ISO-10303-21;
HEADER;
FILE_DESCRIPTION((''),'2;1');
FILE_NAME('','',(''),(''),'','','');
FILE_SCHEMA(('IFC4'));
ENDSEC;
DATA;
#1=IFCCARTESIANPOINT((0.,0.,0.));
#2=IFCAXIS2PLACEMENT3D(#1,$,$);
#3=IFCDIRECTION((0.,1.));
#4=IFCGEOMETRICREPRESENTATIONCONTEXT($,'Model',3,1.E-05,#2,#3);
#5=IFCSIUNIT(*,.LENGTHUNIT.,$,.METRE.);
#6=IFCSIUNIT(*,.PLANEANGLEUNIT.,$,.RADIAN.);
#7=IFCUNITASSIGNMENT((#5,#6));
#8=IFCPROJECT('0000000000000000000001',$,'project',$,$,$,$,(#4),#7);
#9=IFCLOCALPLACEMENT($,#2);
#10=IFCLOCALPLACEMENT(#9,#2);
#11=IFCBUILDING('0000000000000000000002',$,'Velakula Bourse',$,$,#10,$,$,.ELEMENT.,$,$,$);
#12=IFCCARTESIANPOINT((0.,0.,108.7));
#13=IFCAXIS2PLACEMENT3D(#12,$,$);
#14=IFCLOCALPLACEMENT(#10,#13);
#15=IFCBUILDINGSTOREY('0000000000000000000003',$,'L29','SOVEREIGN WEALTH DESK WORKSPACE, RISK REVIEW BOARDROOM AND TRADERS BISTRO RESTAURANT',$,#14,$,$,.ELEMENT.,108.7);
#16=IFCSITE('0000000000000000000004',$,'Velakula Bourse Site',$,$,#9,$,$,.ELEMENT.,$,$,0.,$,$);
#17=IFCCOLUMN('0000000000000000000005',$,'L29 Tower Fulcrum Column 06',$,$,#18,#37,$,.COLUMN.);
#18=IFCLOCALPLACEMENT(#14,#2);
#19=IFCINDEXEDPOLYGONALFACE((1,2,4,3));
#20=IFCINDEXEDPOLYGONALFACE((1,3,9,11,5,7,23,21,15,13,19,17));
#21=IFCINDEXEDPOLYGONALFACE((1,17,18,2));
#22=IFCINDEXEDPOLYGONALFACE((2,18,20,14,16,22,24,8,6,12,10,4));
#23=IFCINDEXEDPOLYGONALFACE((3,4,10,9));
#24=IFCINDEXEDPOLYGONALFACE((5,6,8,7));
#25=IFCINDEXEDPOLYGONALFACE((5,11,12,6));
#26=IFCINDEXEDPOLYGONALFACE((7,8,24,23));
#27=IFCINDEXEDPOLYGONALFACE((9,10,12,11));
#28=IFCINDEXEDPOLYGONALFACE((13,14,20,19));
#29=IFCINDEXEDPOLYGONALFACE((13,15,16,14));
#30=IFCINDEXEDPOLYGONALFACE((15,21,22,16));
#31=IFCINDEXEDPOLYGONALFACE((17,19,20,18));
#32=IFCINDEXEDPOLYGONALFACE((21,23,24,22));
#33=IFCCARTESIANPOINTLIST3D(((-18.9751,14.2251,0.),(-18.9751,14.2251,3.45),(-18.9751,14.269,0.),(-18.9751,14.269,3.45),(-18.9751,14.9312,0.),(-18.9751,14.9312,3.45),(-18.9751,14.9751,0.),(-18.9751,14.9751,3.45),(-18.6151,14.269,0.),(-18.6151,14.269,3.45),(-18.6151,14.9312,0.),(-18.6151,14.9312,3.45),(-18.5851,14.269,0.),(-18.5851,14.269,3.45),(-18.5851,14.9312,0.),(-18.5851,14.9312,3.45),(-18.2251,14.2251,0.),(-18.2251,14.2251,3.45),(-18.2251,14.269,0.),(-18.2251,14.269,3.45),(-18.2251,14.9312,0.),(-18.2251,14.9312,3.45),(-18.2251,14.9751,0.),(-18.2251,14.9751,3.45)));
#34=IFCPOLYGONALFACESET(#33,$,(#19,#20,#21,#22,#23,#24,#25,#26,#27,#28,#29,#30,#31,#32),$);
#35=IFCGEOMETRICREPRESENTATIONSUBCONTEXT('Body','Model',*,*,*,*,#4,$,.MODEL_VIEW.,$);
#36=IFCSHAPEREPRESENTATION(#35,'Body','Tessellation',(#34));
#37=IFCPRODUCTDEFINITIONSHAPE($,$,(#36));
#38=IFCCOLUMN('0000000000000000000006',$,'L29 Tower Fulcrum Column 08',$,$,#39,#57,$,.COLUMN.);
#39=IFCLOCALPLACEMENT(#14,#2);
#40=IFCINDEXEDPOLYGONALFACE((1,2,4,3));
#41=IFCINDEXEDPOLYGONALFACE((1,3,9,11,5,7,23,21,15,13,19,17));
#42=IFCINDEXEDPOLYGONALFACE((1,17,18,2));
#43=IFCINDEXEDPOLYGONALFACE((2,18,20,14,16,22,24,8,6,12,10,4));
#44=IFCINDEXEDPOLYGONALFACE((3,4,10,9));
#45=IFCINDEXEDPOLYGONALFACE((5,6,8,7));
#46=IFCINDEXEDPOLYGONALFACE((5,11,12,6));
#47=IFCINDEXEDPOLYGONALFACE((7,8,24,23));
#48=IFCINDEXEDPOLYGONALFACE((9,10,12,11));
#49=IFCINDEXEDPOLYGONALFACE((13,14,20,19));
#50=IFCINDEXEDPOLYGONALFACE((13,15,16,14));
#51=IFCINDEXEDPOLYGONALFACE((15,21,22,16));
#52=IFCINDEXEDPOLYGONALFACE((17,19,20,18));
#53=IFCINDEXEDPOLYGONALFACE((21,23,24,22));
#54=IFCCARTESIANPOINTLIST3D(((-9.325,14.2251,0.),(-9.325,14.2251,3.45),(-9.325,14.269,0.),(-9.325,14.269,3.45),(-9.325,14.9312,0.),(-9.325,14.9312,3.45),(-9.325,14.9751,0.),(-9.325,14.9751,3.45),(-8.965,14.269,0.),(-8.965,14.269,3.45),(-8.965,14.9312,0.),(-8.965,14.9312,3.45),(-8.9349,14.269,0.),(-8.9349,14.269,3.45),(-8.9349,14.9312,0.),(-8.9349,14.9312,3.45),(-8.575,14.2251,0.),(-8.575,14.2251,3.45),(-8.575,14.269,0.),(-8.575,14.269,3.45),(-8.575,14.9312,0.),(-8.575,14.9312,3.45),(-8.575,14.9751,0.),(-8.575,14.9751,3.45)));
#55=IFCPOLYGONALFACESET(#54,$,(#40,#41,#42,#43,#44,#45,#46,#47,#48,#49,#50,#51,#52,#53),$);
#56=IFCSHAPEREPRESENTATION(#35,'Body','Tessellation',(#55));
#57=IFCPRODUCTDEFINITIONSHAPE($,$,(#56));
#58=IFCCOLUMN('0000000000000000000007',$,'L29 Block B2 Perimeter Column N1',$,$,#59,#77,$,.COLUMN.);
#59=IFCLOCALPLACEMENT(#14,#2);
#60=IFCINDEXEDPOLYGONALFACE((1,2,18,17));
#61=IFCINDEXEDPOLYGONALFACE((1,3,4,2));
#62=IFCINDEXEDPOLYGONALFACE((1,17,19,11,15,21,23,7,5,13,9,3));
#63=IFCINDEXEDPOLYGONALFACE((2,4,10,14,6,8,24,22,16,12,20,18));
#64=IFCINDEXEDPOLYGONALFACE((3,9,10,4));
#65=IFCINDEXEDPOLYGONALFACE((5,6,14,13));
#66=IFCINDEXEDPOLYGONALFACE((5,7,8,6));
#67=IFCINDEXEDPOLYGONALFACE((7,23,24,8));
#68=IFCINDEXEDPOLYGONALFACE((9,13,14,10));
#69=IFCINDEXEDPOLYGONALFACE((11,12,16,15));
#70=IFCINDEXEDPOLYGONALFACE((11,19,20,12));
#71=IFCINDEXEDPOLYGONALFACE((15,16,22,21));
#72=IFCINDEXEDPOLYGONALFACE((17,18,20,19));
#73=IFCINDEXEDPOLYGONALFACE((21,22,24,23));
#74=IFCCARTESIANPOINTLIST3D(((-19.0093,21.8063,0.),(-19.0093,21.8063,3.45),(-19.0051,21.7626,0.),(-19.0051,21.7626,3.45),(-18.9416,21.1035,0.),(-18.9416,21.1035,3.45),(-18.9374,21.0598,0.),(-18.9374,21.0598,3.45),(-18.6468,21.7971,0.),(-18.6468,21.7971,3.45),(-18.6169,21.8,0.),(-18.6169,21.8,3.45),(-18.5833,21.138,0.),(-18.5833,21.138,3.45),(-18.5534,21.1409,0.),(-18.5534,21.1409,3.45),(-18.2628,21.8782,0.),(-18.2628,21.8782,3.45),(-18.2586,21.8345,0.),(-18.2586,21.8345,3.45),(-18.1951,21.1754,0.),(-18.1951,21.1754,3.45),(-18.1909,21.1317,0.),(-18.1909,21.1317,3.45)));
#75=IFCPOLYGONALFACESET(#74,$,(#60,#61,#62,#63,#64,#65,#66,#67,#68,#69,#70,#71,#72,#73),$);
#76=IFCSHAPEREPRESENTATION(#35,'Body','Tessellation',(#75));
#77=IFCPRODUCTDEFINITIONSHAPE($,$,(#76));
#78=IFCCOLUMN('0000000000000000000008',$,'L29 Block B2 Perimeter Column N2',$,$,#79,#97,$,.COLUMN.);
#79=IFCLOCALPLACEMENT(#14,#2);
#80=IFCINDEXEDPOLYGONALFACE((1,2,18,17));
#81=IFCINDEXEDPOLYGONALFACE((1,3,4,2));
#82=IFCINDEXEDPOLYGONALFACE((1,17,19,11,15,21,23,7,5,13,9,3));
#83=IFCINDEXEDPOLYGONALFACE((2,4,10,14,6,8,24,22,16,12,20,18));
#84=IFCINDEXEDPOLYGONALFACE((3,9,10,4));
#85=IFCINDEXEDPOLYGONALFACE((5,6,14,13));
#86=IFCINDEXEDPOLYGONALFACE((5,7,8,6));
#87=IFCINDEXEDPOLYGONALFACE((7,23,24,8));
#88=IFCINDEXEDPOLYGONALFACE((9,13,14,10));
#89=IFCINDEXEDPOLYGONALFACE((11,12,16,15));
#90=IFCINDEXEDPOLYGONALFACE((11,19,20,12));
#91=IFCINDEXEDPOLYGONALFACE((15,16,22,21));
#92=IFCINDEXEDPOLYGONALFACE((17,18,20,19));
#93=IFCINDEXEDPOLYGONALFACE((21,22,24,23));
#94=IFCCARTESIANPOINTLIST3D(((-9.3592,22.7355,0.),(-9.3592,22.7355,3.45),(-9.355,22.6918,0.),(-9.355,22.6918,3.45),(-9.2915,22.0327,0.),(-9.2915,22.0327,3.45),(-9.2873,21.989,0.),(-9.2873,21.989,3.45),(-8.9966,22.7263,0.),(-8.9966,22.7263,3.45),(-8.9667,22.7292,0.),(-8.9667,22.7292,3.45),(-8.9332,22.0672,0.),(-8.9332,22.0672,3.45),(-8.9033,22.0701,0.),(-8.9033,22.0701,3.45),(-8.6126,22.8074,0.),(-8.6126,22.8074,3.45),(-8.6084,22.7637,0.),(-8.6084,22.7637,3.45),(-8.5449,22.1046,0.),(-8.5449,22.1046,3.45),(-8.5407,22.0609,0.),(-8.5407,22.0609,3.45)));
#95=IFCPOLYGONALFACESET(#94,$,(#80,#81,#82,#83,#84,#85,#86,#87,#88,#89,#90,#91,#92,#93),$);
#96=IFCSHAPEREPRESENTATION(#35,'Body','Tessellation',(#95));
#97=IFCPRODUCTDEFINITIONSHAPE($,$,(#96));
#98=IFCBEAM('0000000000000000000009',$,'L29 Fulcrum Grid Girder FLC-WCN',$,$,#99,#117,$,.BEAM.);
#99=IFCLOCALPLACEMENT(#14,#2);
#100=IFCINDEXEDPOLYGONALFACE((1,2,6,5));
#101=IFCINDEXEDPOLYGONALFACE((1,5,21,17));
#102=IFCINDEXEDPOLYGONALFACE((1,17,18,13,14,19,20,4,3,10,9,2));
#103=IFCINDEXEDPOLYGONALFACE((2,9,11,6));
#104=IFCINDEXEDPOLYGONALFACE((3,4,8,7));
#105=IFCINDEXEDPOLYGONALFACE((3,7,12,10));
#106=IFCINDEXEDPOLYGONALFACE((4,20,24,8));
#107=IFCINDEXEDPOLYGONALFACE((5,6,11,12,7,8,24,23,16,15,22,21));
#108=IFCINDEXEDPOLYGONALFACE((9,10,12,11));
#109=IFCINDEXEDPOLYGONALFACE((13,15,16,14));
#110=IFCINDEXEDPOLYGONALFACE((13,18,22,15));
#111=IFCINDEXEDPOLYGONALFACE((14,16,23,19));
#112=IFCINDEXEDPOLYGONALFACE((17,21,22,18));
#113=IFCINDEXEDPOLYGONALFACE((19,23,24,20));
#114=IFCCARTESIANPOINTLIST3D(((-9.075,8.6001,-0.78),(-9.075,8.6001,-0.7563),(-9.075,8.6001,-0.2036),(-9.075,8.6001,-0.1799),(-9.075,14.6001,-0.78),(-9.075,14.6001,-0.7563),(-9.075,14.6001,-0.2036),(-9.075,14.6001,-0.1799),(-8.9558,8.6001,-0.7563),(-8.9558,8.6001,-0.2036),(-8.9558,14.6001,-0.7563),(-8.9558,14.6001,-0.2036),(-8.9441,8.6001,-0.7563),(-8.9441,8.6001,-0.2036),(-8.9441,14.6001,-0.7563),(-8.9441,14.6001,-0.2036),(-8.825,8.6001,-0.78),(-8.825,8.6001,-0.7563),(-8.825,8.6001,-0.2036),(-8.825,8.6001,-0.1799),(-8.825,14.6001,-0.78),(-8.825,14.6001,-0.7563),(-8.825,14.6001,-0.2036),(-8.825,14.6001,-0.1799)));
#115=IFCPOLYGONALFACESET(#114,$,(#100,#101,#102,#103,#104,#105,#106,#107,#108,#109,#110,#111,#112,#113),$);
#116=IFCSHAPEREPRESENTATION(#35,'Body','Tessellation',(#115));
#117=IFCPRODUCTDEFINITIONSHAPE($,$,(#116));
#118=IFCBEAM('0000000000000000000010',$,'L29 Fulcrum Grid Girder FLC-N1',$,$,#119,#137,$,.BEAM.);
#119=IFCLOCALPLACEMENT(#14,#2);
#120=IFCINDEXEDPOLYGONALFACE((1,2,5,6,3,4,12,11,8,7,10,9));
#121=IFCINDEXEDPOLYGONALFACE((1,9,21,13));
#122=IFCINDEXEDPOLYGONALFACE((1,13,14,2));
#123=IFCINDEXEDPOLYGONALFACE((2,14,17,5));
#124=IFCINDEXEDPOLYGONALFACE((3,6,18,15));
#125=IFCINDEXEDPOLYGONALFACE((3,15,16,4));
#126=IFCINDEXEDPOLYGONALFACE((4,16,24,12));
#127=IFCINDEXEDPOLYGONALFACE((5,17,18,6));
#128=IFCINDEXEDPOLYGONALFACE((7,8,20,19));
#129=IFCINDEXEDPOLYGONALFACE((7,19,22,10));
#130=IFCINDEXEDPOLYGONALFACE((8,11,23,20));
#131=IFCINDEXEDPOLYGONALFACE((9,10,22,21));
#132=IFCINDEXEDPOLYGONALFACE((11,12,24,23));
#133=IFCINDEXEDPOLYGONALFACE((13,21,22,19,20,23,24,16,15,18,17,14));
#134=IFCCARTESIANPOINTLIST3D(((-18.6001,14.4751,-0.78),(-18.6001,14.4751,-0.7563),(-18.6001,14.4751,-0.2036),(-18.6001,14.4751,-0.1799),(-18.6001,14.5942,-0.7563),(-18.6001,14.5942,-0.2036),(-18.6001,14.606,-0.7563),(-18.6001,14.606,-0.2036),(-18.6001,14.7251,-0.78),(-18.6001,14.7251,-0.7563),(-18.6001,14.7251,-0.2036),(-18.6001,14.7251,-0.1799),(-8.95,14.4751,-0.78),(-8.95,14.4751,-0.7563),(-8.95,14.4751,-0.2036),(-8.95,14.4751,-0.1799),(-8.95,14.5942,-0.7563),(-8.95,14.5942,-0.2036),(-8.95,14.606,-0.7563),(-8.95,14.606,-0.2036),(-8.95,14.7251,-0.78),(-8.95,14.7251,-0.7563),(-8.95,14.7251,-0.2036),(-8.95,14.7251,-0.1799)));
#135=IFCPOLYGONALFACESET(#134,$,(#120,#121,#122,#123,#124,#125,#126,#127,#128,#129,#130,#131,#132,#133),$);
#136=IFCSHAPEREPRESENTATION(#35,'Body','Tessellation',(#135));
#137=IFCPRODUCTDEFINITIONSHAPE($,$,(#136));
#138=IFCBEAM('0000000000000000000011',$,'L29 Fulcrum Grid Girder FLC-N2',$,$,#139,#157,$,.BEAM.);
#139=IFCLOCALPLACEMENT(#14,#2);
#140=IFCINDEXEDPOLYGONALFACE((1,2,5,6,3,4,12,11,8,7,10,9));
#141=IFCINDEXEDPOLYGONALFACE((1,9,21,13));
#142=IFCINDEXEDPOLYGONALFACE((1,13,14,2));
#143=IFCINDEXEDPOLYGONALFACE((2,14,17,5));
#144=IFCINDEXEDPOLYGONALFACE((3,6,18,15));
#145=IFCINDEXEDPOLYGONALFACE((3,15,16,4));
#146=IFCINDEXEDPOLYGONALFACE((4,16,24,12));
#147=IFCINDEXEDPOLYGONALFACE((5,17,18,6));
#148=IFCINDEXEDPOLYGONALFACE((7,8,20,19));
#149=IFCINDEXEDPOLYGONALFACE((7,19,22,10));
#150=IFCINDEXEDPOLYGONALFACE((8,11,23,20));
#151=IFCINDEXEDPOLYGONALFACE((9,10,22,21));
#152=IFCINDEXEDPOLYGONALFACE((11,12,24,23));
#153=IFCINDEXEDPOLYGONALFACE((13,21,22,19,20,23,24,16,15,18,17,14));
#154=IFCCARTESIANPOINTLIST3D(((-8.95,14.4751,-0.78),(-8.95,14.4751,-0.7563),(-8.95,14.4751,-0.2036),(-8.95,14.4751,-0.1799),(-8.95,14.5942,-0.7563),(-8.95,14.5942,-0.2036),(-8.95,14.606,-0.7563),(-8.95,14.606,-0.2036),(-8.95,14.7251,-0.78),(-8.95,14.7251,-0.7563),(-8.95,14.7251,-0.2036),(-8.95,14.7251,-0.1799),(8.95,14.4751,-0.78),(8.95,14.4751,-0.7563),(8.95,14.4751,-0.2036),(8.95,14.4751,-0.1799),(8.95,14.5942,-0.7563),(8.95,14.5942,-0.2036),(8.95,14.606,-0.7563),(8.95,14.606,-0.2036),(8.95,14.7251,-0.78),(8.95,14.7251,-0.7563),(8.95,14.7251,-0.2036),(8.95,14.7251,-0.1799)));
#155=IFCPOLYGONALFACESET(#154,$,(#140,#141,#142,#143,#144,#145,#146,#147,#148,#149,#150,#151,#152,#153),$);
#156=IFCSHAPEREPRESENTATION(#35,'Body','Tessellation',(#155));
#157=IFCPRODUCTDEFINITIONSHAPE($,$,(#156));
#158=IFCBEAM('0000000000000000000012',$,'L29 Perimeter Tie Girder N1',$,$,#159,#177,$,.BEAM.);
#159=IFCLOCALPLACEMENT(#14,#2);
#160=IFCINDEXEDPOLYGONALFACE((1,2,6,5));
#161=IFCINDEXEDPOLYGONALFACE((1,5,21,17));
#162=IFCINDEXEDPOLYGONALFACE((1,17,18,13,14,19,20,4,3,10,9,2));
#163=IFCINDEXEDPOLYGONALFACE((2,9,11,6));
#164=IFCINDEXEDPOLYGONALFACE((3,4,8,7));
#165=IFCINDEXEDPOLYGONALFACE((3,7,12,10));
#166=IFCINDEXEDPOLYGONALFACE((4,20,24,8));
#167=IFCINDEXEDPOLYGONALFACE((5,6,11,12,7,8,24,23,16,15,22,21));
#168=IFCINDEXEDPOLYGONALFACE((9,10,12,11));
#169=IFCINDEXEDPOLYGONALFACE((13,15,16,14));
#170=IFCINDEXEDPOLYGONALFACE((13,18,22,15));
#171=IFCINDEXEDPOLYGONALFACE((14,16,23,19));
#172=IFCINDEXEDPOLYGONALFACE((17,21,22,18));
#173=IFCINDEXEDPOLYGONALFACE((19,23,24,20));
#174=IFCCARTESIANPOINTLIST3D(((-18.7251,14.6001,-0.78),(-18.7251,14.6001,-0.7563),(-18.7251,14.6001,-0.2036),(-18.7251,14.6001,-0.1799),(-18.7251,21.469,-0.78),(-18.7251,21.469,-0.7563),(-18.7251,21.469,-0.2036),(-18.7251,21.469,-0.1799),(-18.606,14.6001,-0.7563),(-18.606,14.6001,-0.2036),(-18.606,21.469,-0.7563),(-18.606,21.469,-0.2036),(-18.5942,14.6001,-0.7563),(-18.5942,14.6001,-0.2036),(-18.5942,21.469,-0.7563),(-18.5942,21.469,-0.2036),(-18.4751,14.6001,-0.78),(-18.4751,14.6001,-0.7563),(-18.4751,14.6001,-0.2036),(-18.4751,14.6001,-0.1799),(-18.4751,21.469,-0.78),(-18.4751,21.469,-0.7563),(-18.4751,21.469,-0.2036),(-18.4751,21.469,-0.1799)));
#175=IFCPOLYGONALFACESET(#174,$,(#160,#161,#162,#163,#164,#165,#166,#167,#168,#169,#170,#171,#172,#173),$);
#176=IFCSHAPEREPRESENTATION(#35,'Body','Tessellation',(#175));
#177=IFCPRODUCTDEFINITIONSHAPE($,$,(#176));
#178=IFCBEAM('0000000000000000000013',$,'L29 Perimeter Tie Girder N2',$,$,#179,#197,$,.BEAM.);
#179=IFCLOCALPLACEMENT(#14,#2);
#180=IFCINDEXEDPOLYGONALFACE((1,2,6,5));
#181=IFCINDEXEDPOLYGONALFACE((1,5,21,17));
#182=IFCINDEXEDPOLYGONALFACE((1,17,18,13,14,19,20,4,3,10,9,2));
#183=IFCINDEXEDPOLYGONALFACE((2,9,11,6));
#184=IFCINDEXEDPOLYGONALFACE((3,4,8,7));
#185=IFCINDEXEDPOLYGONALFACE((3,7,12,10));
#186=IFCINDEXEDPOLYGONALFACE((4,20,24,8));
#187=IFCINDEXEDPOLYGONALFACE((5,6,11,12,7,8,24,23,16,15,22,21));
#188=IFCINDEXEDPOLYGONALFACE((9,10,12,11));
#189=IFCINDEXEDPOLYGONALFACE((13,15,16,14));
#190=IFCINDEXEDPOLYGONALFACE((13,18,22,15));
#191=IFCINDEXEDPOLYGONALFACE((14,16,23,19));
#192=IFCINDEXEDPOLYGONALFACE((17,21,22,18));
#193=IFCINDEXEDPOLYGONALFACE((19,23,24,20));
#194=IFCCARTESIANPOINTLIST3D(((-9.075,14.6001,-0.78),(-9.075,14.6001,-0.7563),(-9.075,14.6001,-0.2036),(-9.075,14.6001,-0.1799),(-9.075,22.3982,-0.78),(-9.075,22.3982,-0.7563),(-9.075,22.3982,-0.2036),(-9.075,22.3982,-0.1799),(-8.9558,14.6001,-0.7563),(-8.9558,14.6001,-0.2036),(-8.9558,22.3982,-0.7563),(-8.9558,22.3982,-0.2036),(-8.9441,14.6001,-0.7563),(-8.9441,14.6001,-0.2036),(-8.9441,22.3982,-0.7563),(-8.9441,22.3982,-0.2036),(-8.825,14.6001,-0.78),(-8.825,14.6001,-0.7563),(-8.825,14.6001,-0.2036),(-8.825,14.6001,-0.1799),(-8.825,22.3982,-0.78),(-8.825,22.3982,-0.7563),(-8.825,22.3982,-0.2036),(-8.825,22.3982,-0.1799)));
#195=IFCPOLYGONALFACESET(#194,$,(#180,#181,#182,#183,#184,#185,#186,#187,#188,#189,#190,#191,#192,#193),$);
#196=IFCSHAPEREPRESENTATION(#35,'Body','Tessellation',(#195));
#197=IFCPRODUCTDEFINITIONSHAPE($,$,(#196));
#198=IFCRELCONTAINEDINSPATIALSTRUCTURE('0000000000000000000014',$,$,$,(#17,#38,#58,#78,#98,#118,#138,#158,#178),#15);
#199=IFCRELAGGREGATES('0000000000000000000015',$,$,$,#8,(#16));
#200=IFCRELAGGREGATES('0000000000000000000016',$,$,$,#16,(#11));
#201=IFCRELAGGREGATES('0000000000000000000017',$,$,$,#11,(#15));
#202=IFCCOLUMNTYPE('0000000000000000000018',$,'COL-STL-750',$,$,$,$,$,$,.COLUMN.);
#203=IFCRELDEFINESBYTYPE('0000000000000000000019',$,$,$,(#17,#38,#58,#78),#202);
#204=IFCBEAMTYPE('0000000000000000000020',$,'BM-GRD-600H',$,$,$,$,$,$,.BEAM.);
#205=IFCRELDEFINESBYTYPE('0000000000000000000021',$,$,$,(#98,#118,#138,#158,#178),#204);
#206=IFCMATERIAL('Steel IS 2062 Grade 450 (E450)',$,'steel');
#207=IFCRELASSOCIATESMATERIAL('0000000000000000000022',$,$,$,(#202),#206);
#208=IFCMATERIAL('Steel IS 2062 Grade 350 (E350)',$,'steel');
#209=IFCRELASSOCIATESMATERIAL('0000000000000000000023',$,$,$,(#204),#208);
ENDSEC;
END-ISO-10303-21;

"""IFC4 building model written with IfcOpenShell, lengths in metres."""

from ifc_helpers import new_model, si_unit, direction, frame, origin, origin_2d, place, context, subcontext, project, spatial, i_section, extrude, material, material_profile, profile_set, type_object, element, save


model = new_model("IFC4")

# Units and contexts
model_context = context("Model", 3, precision=1e-05, world=origin(), true_north=direction((0.0, 1.0)))
body_context = subcontext(model_context, "Body", "Model", "MODEL_VIEW")
ifc_project = project(units=[si_unit("LENGTHUNIT", "METRE"), si_unit("PLANEANGLEUNIT", "RADIAN")], contexts=[model_context])

# Site, building, storey
site_placement = place(None, origin())
site = spatial("IfcSite", under=ifc_project, at=site_placement, Name="Velakula Bourse Site", CompositionType="ELEMENT", RefElevation=0.0)
building_placement = place(site_placement, origin())
building = spatial("IfcBuilding", under=site, at=building_placement, Name="Velakula Bourse", CompositionType="ELEMENT")
storey_placement = place(building_placement, frame((0.0, 0.0, 108.7)))
storey = spatial("IfcBuildingStorey", under=building, at=storey_placement, Name="L29", Description="SOVEREIGN WEALTH DESK WORKSPACE, RISK REVIEW BOARDROOM AND TRADERS BISTRO RESTAURANT", CompositionType="ELEMENT", Elevation=108.7)

# Columns
ifc_material_1 = material(Name="Steel IS 2062 Grade 450 (E450)", Category="steel")
ifc_material_profile_1 = material_profile(ifc_material_1, i_section(OverallWidth=0.75, OverallDepth=0.75, WebThickness=0.03, FlangeThickness=0.0439, at=origin_2d()), Name="Steel IS 2062 Grade 450 (E450)")
ifc_profile_set_1 = profile_set([ifc_material_profile_1], Name="Steel IS 2062 Grade 450 (E450)")
column_type = type_object("IfcColumnType", Name="COL-STL-750", PredefinedType="COLUMN", material=ifc_profile_set_1)
for number, where, z_axis, x_axis, name in (
    (1, (-18.6001, 14.6001, 0.0), (0.0, 0.0, 1.0), (1.0, 0.0, 0.0), "L29 Tower Fulcrum Column 06"),
    (2, (-8.95, 14.6001, 0.0), (0.0, 0.0, 1.0), (1.0, 0.0, 0.0), "L29 Tower Fulcrum Column 08"),
    (3, (-18.6001, 21.469, 0.0), (0.0, 0.0, 1.0), (0.995396, 0.095846, 0.0), "L29 Block B2 Perimeter Column N1"),
    (4, (-8.95, 22.3982, 0.0), (0.0, 0.0, 1.0), (0.995396, 0.095846, 0.0), "L29 Block B2 Perimeter Column N2"),
):
    element("IfcColumn", number, at=place(storey_placement, frame(where, z_axis=z_axis, x_axis=x_axis)), inside=storey, type_object=column_type, Name=name, PredefinedType="COLUMN", context=body_context, shape_type="SweptSolid", body=[
        extrude(i_section(OverallWidth=0.75, OverallDepth=0.75, WebThickness=0.03, FlangeThickness=0.0439, at=origin_2d()), origin(), (0.0, 0.0, 1.0), 3.45),
    ])

# Beams
ifc_material_2 = material(Name="Steel IS 2062 Grade 350 (E350)", Category="steel")
ifc_material_profile_2 = material_profile(ifc_material_2, i_section(OverallWidth=0.25, OverallDepth=0.6001, WebThickness=0.0117, FlangeThickness=0.0237, at=origin_2d()), Name="Steel IS 2062 Grade 350 (E350)")
ifc_profile_set_2 = profile_set([ifc_material_profile_2], Name="Steel IS 2062 Grade 350 (E350)")
beam_type_1 = type_object("IfcBeamType", Name="BM-GRD-600H", PredefinedType="BEAM", material=ifc_profile_set_2)
beam_1_placement = place(storey_placement, frame((-8.95, 8.6001, -0.48), z_axis=(0.0, 1.0, 0.0), x_axis=(-1.0, 0.0, 0.0)))
element("IfcBeam", 5, at=beam_1_placement, inside=storey, type_object=beam_type_1, Name="L29 Fulcrum Grid Girder FLC-WCN", PredefinedType="BEAM", context=body_context, shape_type="SweptSolid", body=[
    extrude(i_section(OverallWidth=0.25, OverallDepth=0.6001, WebThickness=0.0117, FlangeThickness=0.0237, at=origin_2d()), origin(), (0.0, 0.0, 1.0), 6.0),
])
beam_2_placement = place(storey_placement, frame((-18.6001, 14.6001, -0.48), z_axis=(1.0, 0.0, 0.0), x_axis=(0.0, 1.0, 0.0)))
element("IfcBeam", 6, at=beam_2_placement, inside=storey, type_object=beam_type_1, Name="L29 Fulcrum Grid Girder FLC-N1", PredefinedType="BEAM", context=body_context, shape_type="SweptSolid", body=[
    extrude(i_section(OverallWidth=0.25, OverallDepth=0.6001, WebThickness=0.0117, FlangeThickness=0.0237, at=origin_2d()), origin(), (0.0, 0.0, 1.0), 9.6501),
])
beam_3_placement = place(storey_placement, frame((-8.95, 14.6001, -0.48), z_axis=(1.0, 0.0, 0.0), x_axis=(0.0, 1.0, 0.0)))
element("IfcBeam", 7, at=beam_3_placement, inside=storey, type_object=beam_type_1, Name="L29 Fulcrum Grid Girder FLC-N2", PredefinedType="BEAM", context=body_context, shape_type="SweptSolid", body=[
    extrude(i_section(OverallWidth=0.25, OverallDepth=0.6001, WebThickness=0.0117, FlangeThickness=0.0237, at=origin_2d()), origin(), (0.0, 0.0, 1.0), 17.8999),
])
beam_4_placement = place(storey_placement, frame((-18.6001, 14.6001, -0.48), z_axis=(0.0, 1.0, 0.0), x_axis=(-1.0, 0.0, 0.0)))
element("IfcBeam", 8, at=beam_4_placement, inside=storey, type_object=beam_type_1, Name="L29 Perimeter Tie Girder N1", PredefinedType="BEAM", context=body_context, shape_type="SweptSolid", body=[
    extrude(i_section(OverallWidth=0.25, OverallDepth=0.6001, WebThickness=0.0117, FlangeThickness=0.0237, at=origin_2d()), origin(), (0.0, 0.0, 1.0), 6.8689),
])
beam_5_placement = place(storey_placement, frame((-8.95, 14.6001, -0.48), z_axis=(0.0, 1.0, 0.0), x_axis=(-1.0, 0.0, 0.0)))
element("IfcBeam", 9, at=beam_5_placement, inside=storey, type_object=beam_type_1, Name="L29 Perimeter Tie Girder N2", PredefinedType="BEAM", context=body_context, shape_type="SweptSolid", body=[
    extrude(i_section(OverallWidth=0.25, OverallDepth=0.6001, WebThickness=0.0117, FlangeThickness=0.0237, at=origin_2d()), origin(), (0.0, 0.0, 1.0), 7.7981),
])

save(model, "model.ifc")
